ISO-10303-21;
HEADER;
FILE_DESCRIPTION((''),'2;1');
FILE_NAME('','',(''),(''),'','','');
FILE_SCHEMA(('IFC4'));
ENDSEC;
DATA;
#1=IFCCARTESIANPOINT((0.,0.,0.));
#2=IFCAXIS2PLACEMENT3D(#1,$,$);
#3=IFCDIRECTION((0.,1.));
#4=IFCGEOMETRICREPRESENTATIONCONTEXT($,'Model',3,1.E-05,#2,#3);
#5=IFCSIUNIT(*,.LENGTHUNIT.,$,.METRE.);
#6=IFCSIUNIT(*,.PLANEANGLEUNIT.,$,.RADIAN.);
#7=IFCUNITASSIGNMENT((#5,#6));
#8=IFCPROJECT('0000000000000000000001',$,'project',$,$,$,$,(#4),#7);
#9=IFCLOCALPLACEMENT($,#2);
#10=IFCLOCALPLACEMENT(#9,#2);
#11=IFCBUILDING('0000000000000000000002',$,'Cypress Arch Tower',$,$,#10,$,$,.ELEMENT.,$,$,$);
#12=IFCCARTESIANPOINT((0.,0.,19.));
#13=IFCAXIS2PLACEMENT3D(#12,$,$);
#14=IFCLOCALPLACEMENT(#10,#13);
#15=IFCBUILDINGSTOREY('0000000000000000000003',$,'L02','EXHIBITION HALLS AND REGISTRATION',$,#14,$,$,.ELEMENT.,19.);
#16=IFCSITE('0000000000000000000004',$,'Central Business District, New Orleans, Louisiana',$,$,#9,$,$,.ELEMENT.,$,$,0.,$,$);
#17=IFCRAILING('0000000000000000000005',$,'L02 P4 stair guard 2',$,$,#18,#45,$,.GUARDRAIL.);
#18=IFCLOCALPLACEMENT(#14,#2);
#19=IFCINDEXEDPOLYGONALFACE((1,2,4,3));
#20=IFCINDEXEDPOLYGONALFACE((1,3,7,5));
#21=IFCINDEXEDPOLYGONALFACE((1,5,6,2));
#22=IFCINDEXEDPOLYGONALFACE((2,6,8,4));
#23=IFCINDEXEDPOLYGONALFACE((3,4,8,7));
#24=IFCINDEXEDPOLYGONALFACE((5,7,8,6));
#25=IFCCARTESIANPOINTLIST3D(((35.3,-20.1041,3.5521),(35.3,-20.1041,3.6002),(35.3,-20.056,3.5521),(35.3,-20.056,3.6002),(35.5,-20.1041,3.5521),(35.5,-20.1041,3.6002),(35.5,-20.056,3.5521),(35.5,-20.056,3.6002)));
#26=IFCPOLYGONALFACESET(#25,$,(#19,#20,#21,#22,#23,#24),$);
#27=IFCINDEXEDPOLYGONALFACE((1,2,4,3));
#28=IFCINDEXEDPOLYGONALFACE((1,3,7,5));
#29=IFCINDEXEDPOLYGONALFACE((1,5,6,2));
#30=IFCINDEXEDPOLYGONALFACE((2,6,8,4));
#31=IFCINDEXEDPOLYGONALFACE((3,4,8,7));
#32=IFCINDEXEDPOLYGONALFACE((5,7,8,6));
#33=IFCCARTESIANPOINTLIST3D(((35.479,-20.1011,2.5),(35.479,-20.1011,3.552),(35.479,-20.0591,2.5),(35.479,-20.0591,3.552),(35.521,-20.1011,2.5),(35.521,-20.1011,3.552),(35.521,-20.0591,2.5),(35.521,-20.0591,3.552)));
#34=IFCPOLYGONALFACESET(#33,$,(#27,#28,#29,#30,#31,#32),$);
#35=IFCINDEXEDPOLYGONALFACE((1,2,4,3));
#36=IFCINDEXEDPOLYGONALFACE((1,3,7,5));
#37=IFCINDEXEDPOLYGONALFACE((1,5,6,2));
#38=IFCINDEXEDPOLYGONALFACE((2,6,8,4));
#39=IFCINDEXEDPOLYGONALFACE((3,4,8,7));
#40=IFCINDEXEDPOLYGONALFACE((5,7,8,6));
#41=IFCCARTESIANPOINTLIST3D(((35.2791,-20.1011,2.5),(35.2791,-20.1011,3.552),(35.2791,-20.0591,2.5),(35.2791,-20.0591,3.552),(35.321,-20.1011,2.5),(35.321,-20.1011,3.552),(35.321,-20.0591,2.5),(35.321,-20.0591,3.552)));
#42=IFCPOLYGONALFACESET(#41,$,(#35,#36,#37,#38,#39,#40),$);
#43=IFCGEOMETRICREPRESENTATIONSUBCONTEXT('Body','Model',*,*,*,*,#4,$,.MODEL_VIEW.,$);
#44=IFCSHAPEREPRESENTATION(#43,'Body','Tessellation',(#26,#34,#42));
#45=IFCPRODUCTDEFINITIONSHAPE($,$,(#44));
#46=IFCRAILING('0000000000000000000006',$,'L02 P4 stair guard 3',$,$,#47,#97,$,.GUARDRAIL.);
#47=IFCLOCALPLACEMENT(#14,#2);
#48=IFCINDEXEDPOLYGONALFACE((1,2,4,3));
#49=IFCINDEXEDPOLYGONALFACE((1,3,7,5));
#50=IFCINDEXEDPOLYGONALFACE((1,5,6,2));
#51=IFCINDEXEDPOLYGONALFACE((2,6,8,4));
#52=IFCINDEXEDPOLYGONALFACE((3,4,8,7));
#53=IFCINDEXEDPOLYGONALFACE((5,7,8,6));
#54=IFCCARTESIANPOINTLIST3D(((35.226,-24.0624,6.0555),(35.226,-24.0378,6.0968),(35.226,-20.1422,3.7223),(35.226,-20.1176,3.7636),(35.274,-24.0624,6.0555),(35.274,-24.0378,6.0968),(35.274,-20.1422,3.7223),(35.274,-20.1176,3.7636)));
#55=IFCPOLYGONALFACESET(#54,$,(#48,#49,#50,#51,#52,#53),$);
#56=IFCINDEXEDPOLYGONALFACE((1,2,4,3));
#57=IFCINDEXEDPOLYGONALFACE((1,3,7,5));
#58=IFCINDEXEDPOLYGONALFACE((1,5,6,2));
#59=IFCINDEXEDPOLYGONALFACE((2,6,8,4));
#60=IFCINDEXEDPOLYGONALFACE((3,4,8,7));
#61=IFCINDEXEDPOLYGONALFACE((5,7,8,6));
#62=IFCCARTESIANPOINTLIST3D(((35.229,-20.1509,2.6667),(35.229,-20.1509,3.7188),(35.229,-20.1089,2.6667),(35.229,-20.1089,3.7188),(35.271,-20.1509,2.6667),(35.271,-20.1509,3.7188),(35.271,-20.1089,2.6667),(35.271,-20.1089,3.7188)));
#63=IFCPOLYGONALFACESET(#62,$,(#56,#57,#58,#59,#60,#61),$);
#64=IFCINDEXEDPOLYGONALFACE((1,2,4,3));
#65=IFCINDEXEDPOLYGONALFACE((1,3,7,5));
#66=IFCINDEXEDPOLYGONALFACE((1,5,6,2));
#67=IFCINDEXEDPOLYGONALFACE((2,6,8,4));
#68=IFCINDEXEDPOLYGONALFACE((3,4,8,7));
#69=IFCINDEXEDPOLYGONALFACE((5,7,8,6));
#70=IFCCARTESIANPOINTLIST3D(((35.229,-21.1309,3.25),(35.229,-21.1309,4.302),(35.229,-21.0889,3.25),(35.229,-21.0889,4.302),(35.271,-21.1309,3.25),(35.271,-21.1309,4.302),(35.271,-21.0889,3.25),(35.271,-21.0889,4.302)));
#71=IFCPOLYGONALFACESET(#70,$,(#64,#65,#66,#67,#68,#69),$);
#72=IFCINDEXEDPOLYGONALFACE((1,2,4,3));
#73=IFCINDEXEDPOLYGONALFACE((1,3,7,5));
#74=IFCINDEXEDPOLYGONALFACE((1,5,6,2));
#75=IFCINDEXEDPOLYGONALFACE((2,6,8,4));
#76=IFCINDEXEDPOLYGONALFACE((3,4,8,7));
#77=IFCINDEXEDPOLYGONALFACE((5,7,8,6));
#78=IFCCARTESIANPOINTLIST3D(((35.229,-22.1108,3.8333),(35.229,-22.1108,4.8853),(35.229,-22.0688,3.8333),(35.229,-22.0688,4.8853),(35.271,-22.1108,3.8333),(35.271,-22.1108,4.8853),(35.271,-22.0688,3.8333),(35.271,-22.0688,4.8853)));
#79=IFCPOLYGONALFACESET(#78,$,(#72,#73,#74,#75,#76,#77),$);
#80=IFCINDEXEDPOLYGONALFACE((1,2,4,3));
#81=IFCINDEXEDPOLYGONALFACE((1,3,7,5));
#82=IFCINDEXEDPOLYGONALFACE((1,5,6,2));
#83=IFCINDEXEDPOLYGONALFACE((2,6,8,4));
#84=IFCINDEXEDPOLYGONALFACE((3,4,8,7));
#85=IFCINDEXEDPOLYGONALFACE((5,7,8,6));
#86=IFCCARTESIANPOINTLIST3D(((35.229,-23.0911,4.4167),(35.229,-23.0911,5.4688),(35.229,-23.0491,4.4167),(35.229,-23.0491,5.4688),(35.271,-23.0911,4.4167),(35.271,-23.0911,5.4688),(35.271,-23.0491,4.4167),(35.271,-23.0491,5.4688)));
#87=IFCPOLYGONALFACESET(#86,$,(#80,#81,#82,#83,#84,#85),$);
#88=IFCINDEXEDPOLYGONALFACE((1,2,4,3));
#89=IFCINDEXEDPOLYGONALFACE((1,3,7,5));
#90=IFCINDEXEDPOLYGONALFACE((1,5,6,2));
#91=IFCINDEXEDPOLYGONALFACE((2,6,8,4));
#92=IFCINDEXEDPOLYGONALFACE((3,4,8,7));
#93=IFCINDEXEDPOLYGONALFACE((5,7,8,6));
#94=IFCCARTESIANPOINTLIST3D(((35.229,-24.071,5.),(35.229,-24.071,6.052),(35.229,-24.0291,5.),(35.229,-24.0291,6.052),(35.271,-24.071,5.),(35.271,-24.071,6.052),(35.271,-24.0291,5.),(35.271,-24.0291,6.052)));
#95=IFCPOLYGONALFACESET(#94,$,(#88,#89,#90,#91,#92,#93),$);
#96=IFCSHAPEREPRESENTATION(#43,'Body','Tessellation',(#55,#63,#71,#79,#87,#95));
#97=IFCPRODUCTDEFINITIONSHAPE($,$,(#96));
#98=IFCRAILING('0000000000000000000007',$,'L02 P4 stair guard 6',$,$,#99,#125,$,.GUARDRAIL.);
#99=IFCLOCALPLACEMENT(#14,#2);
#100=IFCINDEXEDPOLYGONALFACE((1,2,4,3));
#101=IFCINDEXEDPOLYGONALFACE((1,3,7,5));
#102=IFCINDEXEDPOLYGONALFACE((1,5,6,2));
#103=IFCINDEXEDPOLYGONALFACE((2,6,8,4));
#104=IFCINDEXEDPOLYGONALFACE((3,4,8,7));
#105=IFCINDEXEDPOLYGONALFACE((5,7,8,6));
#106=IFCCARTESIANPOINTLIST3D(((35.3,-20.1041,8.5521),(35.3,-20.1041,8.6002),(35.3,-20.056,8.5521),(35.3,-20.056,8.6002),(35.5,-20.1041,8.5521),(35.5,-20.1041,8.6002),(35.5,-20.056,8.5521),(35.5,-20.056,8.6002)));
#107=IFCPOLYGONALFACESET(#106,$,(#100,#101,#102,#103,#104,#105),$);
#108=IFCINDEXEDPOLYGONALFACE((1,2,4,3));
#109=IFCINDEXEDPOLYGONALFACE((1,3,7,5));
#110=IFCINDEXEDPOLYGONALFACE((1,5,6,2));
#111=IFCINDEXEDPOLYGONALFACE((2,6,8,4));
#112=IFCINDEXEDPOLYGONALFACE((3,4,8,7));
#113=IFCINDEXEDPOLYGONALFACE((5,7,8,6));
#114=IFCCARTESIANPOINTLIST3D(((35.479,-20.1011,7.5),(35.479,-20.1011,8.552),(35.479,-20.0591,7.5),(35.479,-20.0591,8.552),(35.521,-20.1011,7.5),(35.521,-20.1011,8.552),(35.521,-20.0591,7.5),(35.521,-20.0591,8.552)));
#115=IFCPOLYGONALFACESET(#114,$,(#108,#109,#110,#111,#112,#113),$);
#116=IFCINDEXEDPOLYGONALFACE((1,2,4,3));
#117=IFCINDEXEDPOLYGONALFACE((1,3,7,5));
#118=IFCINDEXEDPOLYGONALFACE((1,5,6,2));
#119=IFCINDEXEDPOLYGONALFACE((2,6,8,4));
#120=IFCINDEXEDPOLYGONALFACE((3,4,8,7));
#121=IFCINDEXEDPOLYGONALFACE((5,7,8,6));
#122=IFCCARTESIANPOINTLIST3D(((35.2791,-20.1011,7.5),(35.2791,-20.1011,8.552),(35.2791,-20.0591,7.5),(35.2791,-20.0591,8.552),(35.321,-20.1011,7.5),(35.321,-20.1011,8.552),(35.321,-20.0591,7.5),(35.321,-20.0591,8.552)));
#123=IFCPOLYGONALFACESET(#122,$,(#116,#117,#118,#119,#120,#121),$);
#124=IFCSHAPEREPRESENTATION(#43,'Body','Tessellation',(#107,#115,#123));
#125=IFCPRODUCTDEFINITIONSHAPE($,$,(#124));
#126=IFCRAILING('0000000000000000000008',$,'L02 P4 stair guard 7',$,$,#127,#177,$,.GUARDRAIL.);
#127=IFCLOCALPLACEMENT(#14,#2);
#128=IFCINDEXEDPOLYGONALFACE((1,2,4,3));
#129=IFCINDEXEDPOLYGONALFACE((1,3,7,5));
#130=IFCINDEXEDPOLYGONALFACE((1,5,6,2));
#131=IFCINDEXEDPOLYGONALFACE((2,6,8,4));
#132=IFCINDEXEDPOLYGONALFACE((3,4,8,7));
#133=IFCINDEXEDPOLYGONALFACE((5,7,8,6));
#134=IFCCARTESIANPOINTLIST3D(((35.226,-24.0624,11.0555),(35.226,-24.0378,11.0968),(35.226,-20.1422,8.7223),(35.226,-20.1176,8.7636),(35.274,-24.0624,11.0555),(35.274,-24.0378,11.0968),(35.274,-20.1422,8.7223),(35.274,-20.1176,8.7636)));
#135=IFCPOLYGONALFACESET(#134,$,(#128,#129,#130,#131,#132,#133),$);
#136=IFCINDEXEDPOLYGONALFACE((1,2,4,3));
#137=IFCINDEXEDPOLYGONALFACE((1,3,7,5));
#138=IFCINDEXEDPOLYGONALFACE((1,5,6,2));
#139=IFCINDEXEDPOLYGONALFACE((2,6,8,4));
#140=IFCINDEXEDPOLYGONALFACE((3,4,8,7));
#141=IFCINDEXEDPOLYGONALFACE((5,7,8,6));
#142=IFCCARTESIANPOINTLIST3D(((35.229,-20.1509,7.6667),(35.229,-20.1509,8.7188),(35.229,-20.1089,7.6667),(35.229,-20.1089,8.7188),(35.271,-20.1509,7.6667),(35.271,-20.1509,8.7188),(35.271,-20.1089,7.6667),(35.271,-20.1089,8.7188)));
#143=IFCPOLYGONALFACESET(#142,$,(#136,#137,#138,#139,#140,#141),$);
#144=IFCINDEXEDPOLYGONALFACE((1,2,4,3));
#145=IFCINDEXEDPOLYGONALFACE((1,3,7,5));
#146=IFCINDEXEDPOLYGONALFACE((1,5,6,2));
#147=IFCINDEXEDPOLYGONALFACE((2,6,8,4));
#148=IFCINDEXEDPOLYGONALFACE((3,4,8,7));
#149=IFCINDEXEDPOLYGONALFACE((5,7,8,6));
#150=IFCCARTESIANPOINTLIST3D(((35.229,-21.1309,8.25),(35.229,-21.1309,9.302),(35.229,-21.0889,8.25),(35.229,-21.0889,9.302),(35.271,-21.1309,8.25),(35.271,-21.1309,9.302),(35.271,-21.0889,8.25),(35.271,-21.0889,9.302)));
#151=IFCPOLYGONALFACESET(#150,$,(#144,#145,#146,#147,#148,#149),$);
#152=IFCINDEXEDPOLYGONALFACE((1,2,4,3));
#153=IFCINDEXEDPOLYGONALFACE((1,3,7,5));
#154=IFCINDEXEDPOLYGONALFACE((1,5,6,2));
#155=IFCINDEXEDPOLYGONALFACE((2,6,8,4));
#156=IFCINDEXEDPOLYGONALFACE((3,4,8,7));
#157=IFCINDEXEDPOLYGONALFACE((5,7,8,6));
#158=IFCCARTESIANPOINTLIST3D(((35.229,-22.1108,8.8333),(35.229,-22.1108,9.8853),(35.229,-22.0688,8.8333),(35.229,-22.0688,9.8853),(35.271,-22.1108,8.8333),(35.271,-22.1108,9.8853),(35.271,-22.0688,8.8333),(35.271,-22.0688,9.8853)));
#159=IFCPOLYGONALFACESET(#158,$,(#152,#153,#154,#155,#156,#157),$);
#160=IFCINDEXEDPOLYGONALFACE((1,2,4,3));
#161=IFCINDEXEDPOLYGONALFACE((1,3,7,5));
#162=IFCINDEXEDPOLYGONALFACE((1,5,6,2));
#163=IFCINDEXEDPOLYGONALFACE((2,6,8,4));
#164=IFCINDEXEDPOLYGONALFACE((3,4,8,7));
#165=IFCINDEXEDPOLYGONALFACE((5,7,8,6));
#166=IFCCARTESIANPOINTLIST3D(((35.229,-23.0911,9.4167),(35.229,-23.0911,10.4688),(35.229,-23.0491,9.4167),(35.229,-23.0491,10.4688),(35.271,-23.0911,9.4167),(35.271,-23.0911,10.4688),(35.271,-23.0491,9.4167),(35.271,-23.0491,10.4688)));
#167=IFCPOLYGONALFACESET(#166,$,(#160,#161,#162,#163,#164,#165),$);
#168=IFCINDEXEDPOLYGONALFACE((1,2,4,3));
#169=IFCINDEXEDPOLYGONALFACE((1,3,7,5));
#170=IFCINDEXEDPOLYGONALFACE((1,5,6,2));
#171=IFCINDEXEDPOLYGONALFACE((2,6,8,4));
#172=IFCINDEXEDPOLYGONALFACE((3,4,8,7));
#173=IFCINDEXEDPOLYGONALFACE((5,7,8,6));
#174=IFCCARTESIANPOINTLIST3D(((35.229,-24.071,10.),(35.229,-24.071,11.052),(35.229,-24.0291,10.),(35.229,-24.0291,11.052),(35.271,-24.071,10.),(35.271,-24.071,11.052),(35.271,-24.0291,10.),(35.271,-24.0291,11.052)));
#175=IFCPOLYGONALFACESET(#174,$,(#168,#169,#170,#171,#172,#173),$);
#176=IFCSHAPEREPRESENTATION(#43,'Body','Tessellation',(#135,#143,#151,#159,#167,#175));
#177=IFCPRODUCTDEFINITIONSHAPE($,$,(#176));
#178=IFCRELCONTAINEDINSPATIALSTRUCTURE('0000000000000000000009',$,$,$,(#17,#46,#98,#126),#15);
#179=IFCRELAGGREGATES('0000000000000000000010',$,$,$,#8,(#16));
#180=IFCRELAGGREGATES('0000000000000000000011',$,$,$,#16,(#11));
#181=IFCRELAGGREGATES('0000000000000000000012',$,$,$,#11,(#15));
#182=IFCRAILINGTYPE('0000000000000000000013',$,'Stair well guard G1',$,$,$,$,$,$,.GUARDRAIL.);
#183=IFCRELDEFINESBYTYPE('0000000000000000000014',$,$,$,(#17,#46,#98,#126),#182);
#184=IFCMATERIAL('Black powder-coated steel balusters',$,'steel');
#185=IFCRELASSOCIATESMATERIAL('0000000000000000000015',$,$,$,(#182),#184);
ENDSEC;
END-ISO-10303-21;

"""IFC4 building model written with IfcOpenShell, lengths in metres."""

from ifc_helpers import new_model, si_unit, direction, frame, origin, origin_2d, place, context, subcontext, project, spatial, rectangle, extrude, material, type_object, element, save


model = new_model("IFC4")

# Units and contexts
model_context = context("Model", 3, precision=1e-05, world=origin(), true_north=direction((0.0, 1.0)))
body_context = subcontext(model_context, "Body", "Model", "MODEL_VIEW")
ifc_project = project(units=[si_unit("LENGTHUNIT", "METRE"), si_unit("PLANEANGLEUNIT", "RADIAN")], contexts=[model_context])

# Site, building, storey
site_placement = place(None, origin())
site = spatial("IfcSite", under=ifc_project, at=site_placement, Name="Central Business District, New Orleans, Louisiana", CompositionType="ELEMENT", RefElevation=0.0)
building_placement = place(site_placement, origin())
building = spatial("IfcBuilding", under=site, at=building_placement, Name="Cypress Arch Tower", CompositionType="ELEMENT")
storey_placement = place(building_placement, frame((0.0, 0.0, 19.0)))
storey = spatial("IfcBuildingStorey", under=building, at=storey_placement, Name="L02", Description="EXHIBITION HALLS AND REGISTRATION", CompositionType="ELEMENT", Elevation=19.0)

# Railings
ifc_material_1 = material(Name="Black powder-coated steel balusters", Category="steel")
railing_type = type_object("IfcRailingType", Name="Stair well guard G1", PredefinedType="GUARDRAIL", material=ifc_material_1)
railing_1_placement = place(storey_placement, frame((35.5, -20.0801, 2.5)))
element("IfcRailing", 1, at=railing_1_placement, inside=storey, type_object=railing_type, Name="L02 P4 stair guard 2", PredefinedType="GUARDRAIL", context=body_context, shape_type="SweptSolid", body=[
    extrude(rectangle(XDim=0.0481, YDim=0.0481, at=origin_2d()), frame((0.0, 0.0, 1.0762), z_axis=(-1.0, 0.0, 0.0), x_axis=(0.0, -1.0, 0.0)), (0.0, 0.0, 1.0), 0.2),
    extrude(rectangle(XDim=0.042, YDim=0.042, at=origin_2d()), origin(), (0.0, 0.0, 1.0), 1.052),
    extrude(rectangle(XDim=0.042, YDim=0.042, at=origin_2d()), frame((-0.2, 0.0, 0.0)), (0.0, 0.0, 1.0), 1.052),
])
railing_2_placement = place(storey_placement, frame((35.25, -20.1299, 2.6667)))
element("IfcRailing", 2, at=railing_2_placement, inside=storey, type_object=railing_type, Name="L02 P4 stair guard 3", PredefinedType="GUARDRAIL", context=body_context, shape_type="SweptSolid", body=[
    extrude(rectangle(XDim=0.0481, YDim=0.0481, at=origin_2d()), frame((0.0, 0.0, 1.0762), z_axis=(0.0, -0.85931, 0.511455), x_axis=(1.0, 0.0, 0.0)), (0.0, 0.0, 1.0), 4.562),
    extrude(rectangle(XDim=0.042, YDim=0.042, at=origin_2d()), origin(), (0.0, 0.0, 1.0), 1.052),
    extrude(rectangle(XDim=0.042, YDim=0.042, at=origin_2d()), frame((0.0, -0.98, 0.5833)), (0.0, 0.0, 1.0), 1.052),
    extrude(rectangle(XDim=0.042, YDim=0.042, at=origin_2d()), frame((0.0, -1.96, 1.1665)), (0.0, 0.0, 1.0), 1.052),
    extrude(rectangle(XDim=0.042, YDim=0.042, at=origin_2d()), frame((0.0, -2.9402, 1.75)), (0.0, 0.0, 1.0), 1.052),
    extrude(rectangle(XDim=0.042, YDim=0.042, at=origin_2d()), frame((0.0, -3.9202, 2.3333)), (0.0, 0.0, 1.0), 1.052),
])
railing_3_placement = place(storey_placement, frame((35.5, -20.0801, 7.5)))
element("IfcRailing", 3, at=railing_3_placement, inside=storey, type_object=railing_type, Name="L02 P4 stair guard 6", PredefinedType="GUARDRAIL", context=body_context, shape_type="SweptSolid", body=[
    extrude(rectangle(XDim=0.0481, YDim=0.0481, at=origin_2d()), frame((0.0, 0.0, 1.0762), z_axis=(-1.0, 0.0, 0.0), x_axis=(0.0, -1.0, 0.0)), (0.0, 0.0, 1.0), 0.2),
    extrude(rectangle(XDim=0.042, YDim=0.042, at=origin_2d()), origin(), (0.0, 0.0, 1.0), 1.052),
    extrude(rectangle(XDim=0.042, YDim=0.042, at=origin_2d()), frame((-0.2, 0.0, 0.0)), (0.0, 0.0, 1.0), 1.052),
])
railing_4_placement = place(storey_placement, frame((35.25, -20.1299, 7.6667)))
element("IfcRailing", 4, at=railing_4_placement, inside=storey, type_object=railing_type, Name="L02 P4 stair guard 7", PredefinedType="GUARDRAIL", context=body_context, shape_type="SweptSolid", body=[
    extrude(rectangle(XDim=0.0481, YDim=0.0481, at=origin_2d()), frame((0.0, 0.0, 1.0762), z_axis=(0.0, -0.85931, 0.511455), x_axis=(1.0, 0.0, 0.0)), (0.0, 0.0, 1.0), 4.562),
    extrude(rectangle(XDim=0.042, YDim=0.042, at=origin_2d()), origin(), (0.0, 0.0, 1.0), 1.052),
    extrude(rectangle(XDim=0.042, YDim=0.042, at=origin_2d()), frame((0.0, -0.98, 0.5833)), (0.0, 0.0, 1.0), 1.052),
    extrude(rectangle(XDim=0.042, YDim=0.042, at=origin_2d()), frame((0.0, -1.96, 1.1665)), (0.0, 0.0, 1.0), 1.052),
    extrude(rectangle(XDim=0.042, YDim=0.042, at=origin_2d()), frame((0.0, -2.9402, 1.75)), (0.0, 0.0, 1.0), 1.052),
    extrude(rectangle(XDim=0.042, YDim=0.042, at=origin_2d()), frame((0.0, -3.9202, 2.3333)), (0.0, 0.0, 1.0), 1.052),
])

save(model, "model.ifc")
